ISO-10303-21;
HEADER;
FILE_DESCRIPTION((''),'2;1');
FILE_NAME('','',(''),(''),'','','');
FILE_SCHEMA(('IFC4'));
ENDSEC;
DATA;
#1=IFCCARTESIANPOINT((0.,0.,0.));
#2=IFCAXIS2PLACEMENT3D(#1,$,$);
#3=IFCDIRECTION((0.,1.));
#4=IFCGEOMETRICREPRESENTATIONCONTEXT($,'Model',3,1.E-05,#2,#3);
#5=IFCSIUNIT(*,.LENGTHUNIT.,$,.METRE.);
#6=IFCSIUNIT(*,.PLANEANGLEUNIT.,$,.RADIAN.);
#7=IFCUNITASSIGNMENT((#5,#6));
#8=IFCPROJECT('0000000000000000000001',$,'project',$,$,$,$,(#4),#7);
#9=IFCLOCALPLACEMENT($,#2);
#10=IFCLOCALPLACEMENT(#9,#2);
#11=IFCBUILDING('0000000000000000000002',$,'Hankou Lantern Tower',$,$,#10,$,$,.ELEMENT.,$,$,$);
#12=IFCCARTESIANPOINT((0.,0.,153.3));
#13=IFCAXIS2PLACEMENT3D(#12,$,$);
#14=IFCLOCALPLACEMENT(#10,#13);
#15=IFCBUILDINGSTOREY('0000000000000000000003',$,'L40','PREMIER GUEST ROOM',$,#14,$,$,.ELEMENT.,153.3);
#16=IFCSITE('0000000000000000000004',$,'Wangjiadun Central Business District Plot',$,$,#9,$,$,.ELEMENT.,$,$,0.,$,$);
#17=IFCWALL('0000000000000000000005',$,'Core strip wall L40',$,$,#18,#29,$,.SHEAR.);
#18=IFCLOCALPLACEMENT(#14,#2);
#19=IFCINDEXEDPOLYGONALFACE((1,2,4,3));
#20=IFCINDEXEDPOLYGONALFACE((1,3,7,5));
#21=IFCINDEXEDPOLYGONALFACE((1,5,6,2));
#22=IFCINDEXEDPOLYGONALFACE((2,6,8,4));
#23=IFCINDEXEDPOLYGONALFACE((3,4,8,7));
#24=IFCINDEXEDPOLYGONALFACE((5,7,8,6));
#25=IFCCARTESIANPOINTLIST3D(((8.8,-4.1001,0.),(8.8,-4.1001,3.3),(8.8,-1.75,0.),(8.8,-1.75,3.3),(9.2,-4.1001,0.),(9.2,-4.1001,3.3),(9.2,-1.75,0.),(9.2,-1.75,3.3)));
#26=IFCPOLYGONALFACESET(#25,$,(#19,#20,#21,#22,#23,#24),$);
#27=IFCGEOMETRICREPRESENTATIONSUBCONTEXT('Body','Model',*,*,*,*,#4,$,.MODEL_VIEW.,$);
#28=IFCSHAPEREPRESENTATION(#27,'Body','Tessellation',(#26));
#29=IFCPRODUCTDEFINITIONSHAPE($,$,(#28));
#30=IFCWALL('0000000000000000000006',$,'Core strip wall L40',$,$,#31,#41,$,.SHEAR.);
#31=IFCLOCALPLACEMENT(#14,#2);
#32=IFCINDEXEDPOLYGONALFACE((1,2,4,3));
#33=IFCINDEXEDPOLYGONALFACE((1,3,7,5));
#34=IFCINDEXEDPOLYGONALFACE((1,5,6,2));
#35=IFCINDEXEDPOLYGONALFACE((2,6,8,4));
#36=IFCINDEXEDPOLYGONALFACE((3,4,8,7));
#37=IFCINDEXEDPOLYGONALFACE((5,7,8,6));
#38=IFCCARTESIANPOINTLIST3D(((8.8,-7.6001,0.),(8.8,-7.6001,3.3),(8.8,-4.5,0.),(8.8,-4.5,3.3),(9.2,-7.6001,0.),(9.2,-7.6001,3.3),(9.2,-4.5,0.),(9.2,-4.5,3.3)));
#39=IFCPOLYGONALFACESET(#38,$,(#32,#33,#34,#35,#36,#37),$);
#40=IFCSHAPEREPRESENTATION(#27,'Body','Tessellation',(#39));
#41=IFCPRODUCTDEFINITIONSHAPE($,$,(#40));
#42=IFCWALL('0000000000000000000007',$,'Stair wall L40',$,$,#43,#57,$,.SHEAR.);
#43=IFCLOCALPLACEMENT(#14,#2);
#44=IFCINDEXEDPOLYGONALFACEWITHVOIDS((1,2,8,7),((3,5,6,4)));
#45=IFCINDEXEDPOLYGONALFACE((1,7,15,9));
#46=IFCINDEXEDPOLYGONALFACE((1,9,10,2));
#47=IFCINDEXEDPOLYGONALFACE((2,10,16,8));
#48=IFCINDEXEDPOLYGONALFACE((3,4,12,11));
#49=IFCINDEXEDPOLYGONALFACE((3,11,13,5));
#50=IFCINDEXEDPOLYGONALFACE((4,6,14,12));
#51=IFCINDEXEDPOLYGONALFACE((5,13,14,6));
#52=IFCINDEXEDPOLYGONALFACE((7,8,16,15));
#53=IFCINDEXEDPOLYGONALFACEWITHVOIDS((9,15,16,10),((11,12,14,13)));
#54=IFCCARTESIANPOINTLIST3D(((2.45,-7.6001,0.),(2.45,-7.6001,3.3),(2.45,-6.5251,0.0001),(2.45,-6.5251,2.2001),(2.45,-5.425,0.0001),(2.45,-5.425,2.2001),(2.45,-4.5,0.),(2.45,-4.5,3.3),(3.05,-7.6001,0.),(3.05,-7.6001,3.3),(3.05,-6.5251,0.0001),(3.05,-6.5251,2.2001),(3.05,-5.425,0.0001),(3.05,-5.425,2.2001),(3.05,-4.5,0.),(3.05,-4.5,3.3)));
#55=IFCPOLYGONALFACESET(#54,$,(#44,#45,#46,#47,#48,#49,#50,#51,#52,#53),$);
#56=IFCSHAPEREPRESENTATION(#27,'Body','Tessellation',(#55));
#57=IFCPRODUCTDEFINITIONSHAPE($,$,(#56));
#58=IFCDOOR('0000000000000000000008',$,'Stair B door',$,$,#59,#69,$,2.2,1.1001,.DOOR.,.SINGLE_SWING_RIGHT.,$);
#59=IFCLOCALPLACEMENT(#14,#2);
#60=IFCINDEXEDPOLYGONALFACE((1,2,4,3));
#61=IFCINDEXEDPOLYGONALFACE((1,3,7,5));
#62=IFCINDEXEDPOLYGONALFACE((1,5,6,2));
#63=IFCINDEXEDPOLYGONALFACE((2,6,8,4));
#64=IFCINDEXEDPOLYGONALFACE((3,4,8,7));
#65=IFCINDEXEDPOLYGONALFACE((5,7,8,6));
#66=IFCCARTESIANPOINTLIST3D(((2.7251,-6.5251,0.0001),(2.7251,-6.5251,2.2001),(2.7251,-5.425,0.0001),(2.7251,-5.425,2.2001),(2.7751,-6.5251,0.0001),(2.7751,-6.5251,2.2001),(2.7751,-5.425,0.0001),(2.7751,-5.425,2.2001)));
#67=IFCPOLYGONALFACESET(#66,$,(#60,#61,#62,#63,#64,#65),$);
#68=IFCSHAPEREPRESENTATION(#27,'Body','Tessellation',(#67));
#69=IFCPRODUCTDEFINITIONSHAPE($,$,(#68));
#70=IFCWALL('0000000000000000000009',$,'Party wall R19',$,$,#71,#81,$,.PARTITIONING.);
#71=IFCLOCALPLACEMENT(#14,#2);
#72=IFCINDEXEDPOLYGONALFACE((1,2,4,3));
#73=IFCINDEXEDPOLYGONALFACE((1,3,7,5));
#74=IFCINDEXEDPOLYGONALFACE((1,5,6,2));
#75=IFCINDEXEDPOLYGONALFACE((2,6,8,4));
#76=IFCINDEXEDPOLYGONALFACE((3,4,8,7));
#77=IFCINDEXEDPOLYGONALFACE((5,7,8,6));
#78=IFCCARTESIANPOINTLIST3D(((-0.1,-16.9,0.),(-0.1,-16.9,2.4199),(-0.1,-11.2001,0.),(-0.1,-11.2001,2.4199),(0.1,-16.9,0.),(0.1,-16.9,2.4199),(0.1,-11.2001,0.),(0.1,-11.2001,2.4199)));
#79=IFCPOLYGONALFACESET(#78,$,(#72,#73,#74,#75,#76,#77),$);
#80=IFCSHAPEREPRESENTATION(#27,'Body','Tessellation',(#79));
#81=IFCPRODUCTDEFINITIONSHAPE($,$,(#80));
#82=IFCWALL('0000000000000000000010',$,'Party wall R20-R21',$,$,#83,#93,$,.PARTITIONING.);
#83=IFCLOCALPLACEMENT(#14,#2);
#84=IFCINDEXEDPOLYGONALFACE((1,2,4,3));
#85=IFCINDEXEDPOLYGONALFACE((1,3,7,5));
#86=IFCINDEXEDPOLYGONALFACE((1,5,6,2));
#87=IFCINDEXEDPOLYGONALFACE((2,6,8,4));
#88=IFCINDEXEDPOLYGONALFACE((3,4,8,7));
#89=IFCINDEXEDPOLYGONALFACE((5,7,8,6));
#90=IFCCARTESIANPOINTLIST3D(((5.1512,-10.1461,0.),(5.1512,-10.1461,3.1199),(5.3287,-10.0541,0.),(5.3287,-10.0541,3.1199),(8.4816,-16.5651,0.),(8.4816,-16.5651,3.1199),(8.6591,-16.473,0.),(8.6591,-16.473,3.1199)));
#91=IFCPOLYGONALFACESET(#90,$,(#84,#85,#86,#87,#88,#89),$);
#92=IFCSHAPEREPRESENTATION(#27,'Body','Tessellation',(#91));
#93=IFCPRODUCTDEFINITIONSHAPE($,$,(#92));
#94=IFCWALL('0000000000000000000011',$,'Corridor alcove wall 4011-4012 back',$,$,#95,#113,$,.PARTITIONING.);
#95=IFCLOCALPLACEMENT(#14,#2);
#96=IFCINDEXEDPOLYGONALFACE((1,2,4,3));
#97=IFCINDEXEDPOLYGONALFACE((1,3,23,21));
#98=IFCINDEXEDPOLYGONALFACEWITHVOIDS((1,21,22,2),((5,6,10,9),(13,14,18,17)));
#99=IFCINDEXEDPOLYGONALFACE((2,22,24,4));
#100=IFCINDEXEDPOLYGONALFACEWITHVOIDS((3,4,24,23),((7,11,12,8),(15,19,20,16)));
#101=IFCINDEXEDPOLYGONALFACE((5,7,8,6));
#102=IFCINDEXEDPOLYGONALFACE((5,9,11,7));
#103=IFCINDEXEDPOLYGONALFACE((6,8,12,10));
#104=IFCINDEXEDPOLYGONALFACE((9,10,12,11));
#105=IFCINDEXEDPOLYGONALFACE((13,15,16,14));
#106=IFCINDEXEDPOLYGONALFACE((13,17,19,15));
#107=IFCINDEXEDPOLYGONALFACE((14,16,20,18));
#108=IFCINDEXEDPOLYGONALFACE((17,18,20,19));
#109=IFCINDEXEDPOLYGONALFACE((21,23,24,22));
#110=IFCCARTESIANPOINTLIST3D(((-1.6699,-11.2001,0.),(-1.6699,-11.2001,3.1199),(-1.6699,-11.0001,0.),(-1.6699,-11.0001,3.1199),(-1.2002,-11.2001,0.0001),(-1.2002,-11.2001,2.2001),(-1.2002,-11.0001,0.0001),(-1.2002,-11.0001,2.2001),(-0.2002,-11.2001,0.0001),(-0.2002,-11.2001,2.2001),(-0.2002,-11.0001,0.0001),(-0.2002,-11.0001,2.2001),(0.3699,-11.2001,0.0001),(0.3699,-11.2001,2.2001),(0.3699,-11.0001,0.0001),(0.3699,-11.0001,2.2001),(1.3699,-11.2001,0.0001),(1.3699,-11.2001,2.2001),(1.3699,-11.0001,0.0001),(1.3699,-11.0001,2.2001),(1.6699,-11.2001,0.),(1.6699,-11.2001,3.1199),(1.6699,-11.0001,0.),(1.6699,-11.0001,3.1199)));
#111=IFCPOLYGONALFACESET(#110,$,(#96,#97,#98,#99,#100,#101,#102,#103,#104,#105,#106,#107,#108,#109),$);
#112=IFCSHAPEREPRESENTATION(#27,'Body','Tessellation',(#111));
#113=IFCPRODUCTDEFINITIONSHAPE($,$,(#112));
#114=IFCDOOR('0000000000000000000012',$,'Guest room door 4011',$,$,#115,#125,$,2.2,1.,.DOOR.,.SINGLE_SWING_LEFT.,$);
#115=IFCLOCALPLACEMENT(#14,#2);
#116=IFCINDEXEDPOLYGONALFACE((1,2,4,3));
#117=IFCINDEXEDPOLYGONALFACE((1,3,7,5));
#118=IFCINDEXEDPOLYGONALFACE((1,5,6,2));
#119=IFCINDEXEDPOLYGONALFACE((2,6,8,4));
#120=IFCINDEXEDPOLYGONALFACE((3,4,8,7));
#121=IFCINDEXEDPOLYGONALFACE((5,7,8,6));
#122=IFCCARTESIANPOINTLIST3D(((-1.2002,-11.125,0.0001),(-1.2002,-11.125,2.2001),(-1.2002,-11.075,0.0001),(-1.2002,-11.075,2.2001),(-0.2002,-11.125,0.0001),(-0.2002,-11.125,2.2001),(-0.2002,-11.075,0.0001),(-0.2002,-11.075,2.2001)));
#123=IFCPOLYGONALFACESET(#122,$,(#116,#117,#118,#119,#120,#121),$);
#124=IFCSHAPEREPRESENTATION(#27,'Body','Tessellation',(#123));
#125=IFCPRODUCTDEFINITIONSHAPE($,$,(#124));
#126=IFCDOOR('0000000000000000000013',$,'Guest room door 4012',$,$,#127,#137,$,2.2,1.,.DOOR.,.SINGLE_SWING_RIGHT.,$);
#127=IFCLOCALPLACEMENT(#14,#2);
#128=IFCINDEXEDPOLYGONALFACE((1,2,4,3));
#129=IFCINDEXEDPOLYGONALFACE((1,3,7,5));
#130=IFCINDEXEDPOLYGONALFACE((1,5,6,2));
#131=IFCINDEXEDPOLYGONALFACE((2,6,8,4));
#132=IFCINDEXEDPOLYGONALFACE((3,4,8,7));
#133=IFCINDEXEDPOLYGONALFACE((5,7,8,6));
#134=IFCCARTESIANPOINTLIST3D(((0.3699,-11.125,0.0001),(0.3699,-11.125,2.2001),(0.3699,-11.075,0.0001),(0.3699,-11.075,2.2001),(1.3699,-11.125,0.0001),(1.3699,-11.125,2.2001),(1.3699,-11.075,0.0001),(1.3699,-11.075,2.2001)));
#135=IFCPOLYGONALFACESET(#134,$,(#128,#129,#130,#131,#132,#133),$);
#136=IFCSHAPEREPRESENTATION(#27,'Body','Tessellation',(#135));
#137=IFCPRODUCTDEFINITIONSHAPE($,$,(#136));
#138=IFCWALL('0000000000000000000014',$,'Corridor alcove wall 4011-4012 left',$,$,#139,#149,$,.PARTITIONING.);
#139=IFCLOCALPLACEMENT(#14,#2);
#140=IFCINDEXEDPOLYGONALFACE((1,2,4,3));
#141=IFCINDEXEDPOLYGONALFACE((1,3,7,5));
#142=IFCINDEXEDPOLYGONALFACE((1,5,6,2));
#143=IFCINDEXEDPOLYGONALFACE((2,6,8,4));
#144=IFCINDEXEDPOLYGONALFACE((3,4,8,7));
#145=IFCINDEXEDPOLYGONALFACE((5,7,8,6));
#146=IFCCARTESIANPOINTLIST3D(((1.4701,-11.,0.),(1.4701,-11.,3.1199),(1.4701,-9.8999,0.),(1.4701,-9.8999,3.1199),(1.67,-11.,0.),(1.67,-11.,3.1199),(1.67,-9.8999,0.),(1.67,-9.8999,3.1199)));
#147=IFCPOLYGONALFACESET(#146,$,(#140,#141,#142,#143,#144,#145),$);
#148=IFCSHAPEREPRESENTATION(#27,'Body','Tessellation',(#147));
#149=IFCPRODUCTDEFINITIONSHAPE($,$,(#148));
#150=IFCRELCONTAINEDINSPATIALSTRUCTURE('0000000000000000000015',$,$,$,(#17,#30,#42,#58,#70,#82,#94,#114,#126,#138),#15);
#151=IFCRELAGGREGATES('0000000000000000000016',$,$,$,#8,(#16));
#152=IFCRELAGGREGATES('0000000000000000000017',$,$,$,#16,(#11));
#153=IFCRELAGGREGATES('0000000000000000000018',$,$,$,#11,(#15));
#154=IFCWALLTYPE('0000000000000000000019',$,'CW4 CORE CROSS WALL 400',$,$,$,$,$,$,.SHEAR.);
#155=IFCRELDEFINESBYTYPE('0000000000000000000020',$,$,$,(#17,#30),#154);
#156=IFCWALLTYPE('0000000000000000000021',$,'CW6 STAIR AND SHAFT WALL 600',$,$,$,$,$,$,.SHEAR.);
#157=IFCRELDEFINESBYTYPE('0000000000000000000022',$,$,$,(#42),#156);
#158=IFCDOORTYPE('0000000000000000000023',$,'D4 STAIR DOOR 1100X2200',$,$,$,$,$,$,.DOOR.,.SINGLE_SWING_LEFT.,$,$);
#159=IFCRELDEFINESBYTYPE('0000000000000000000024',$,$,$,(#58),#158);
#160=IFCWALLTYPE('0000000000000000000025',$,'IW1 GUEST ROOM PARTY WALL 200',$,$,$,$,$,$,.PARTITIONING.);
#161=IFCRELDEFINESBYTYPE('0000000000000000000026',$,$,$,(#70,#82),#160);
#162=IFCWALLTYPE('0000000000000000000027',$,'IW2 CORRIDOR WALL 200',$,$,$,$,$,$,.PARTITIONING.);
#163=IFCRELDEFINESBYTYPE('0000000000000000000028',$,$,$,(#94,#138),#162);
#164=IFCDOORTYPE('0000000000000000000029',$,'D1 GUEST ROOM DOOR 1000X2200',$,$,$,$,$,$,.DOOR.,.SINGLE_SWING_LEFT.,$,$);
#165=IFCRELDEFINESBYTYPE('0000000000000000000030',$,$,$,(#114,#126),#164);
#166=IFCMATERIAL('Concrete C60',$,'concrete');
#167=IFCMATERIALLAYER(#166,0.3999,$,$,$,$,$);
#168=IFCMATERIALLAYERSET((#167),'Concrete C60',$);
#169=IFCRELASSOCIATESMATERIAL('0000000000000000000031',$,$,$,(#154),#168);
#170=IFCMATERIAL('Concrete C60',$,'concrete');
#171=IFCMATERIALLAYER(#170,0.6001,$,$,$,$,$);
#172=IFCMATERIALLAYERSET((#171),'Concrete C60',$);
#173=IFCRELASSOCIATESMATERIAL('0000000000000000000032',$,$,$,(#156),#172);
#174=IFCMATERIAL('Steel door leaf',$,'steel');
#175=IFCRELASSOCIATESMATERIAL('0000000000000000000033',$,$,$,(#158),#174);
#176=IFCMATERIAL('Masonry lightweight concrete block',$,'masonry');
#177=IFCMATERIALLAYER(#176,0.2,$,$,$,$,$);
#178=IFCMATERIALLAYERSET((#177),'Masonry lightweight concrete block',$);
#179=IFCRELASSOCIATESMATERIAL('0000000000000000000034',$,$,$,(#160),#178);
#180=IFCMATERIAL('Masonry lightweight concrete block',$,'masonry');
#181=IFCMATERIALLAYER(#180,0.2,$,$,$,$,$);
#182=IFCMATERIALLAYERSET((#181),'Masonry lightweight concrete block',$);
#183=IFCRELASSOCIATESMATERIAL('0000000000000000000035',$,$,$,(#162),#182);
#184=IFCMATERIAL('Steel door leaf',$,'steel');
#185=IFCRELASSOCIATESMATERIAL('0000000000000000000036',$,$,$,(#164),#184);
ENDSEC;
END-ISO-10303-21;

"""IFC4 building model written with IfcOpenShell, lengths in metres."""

from ifc_helpers import new_model, si_unit, direction, frame, frame_2d, origin, place, context, subcontext, project, spatial, rectangle, extrude, material, layer, layer_set, type_object, element, fill, save


model = new_model("IFC4")

# Units and contexts
model_context = context("Model", 3, precision=1e-05, world=origin(), true_north=direction((0.0, 1.0)))
body_context = subcontext(model_context, "Body", "Model", "MODEL_VIEW")
ifc_project = project(units=[si_unit("LENGTHUNIT", "METRE"), si_unit("PLANEANGLEUNIT", "RADIAN")], contexts=[model_context])

# Site, building, storey
site_placement = place(None, origin())
site = spatial("IfcSite", under=ifc_project, at=site_placement, Name="Wangjiadun Central Business District Plot", CompositionType="ELEMENT", RefElevation=0.0)
building_placement = place(site_placement, origin())
building = spatial("IfcBuilding", under=site, at=building_placement, Name="Hankou Lantern Tower", CompositionType="ELEMENT")
storey_placement = place(building_placement, frame((0.0, 0.0, 153.3)))
storey = spatial("IfcBuildingStorey", under=building, at=storey_placement, Name="L40", Description="PREMIER GUEST ROOM", CompositionType="ELEMENT", Elevation=153.3)

# Walls
ifc_material_1 = material(Name="Concrete C60", Category="concrete")
ifc_layer_1 = layer(ifc_material_1, 0.3999)
ifc_layer_set_1 = layer_set([ifc_layer_1], Name="Concrete C60")
wall_type_1 = type_object("IfcWallType", Name="CW4 CORE CROSS WALL 400", PredefinedType="SHEAR", material=ifc_layer_set_1)
wall_1_placement = place(storey_placement, frame((9.0, -4.1001, 0.0), z_axis=(0.0, 0.0, 1.0), x_axis=(0.0, 1.0, 0.0)))
element("IfcWall", 1, at=wall_1_placement, inside=storey, type_object=wall_type_1, Name="Core strip wall L40", PredefinedType="SHEAR", context=body_context, shape_type="SweptSolid", body=[
    extrude(rectangle(XDim=2.3501, YDim=0.3999, at=frame_2d((1.175, 0.0))), origin(), (0.0, 0.0, 1.0), 3.3),
])
wall_2_placement = place(storey_placement, frame((9.0, -7.6001, 0.0), z_axis=(0.0, 0.0, 1.0), x_axis=(0.0, 1.0, 0.0)))
element("IfcWall", 2, at=wall_2_placement, inside=storey, type_object=wall_type_1, Name="Core strip wall L40", PredefinedType="SHEAR", context=body_context, shape_type="SweptSolid", body=[
    extrude(rectangle(XDim=3.1001, YDim=0.3999, at=frame_2d((1.55, 0.0))), origin(), (0.0, 0.0, 1.0), 3.3),
])

# Wall, opening, door
ifc_material_2 = material(Name="Concrete C60", Category="concrete")
ifc_layer_2 = layer(ifc_material_2, 0.6001)
ifc_layer_set_2 = layer_set([ifc_layer_2], Name="Concrete C60")
wall_type_2 = type_object("IfcWallType", Name="CW6 STAIR AND SHAFT WALL 600", PredefinedType="SHEAR", material=ifc_layer_set_2)
wall_3_placement = place(storey_placement, frame((2.75, -7.6001, 0.0), z_axis=(0.0, 0.0, 1.0), x_axis=(0.0, 1.0, 0.0)))
wall_3 = element("IfcWall", 3, at=wall_3_placement, inside=storey, type_object=wall_type_2, Name="Stair wall L40", PredefinedType="SHEAR", context=body_context, shape_type="SweptSolid", body=[
    extrude(rectangle(XDim=3.1001, YDim=0.6001, at=frame_2d((1.55, 0.0))), origin(), (0.0, 0.0, 1.0), 3.3),
])
opening_1_placement = place(wall_3_placement, frame((1.075, 0.0, 0.0)))
opening_1 = element("IfcOpeningElement", 4, at=opening_1_placement, cuts=wall_3, PredefinedType="OPENING", context=body_context, shape_type="SweptSolid", body=[
    extrude(rectangle(XDim=1.1001, YDim=2.2, at=frame_2d((0.55, 1.1001))), frame((0.0, 0.3101, 0.0), z_axis=(0.0, -1.0, 0.0), x_axis=(1.0, 0.0, 0.0)), (0.0, 0.0, 1.0), 0.6201),
])
ifc_material_3 = material(Name="Steel door leaf", Category="steel")
door_type_1 = type_object("IfcDoorType", Name="D4 STAIR DOOR 1100X2200", OperationType="SINGLE_SWING_LEFT", PredefinedType="DOOR", material=ifc_material_3)
door_1_placement = place(opening_1_placement, origin())
door_1 = element("IfcDoor", 5, at=door_1_placement, inside=storey, type_object=door_type_1, Name="Stair B door", OperationType="SINGLE_SWING_RIGHT", OverallHeight=2.2, OverallWidth=1.1001, PredefinedType="DOOR", context=body_context, shape_type="SweptSolid", body=[
    extrude(rectangle(XDim=1.1001, YDim=2.2, at=frame_2d((0.55, 1.1001))), frame((0.0, 0.0249, 0.0), z_axis=(0.0, -1.0, 0.0), x_axis=(1.0, 0.0, 0.0)), (0.0, 0.0, 1.0), 0.05),
])
fill(opening_1, door_1)

# Walls
ifc_material_4 = material(Name="Masonry lightweight concrete block", Category="masonry")
ifc_layer_3 = layer(ifc_material_4, 0.2)
ifc_layer_set_3 = layer_set([ifc_layer_3], Name="Masonry lightweight concrete block")
wall_type_3 = type_object("IfcWallType", Name="IW1 GUEST ROOM PARTY WALL 200", PredefinedType="PARTITIONING", material=ifc_layer_set_3)
wall_4_placement = place(storey_placement, frame((0.0, -11.2, 0.0), z_axis=(0.0, 0.0, 1.0), x_axis=(0.0, -1.0, 0.0)))
element("IfcWall", 6, at=wall_4_placement, inside=storey, type_object=wall_type_3, Name="Party wall R19", PredefinedType="PARTITIONING", context=body_context, shape_type="SweptSolid", body=[
    extrude(rectangle(XDim=5.7, YDim=0.2, at=frame_2d((2.8501, 0.0))), origin(), (0.0, 0.0, 1.0), 2.4199),
])
wall_5_placement = place(storey_placement, frame((5.24, -10.1001, 0.0), z_axis=(0.0, 0.0, 1.0), x_axis=(0.460533, -0.887643, 0.0)))
element("IfcWall", 7, at=wall_5_placement, inside=storey, type_object=wall_type_3, Name="Party wall R20-R21", PredefinedType="PARTITIONING", context=body_context, shape_type="SweptSolid", body=[
    extrude(rectangle(XDim=7.2314, YDim=0.2, at=frame_2d((3.6157, 0.0))), origin(), (0.0, 0.0, 1.0), 3.1199),
])

# Wall, openings, doors
ifc_material_5 = material(Name="Masonry lightweight concrete block", Category="masonry")
ifc_layer_4 = layer(ifc_material_5, 0.2)
ifc_layer_set_4 = layer_set([ifc_layer_4], Name="Masonry lightweight concrete block")
wall_type_4 = type_object("IfcWallType", Name="IW2 CORRIDOR WALL 200", PredefinedType="PARTITIONING", material=ifc_layer_set_4)
wall_6_placement = place(storey_placement, frame((1.6699, -11.1001, 0.0), z_axis=(0.0, 0.0, 1.0), x_axis=(-1.0, 0.0, 0.0)))
wall_6 = element("IfcWall", 8, at=wall_6_placement, inside=storey, type_object=wall_type_4, Name="Corridor alcove wall 4011-4012 back", PredefinedType="PARTITIONING", context=body_context, shape_type="SweptSolid", body=[
    extrude(rectangle(XDim=3.3398, YDim=0.2, at=frame_2d((1.6699, 0.0))), origin(), (0.0, 0.0, 1.0), 3.1199),
])
opening_2_placement = place(wall_6_placement, frame((1.8701, 0.0, 0.0)))
opening_2 = element("IfcOpeningElement", 9, at=opening_2_placement, cuts=wall_6, PredefinedType="OPENING", context=body_context, shape_type="SweptSolid", body=[
    extrude(rectangle(XDim=1.0, YDim=2.2, at=frame_2d((0.5, 1.1001))), frame((0.0, 0.1099, 0.0), z_axis=(0.0, -1.0, 0.0), x_axis=(1.0, 0.0, 0.0)), (0.0, 0.0, 1.0), 0.22),
])
opening_3_placement = place(wall_6_placement, frame((0.3, 0.0, 0.0)))
opening_3 = element("IfcOpeningElement", 10, at=opening_3_placement, cuts=wall_6, PredefinedType="OPENING", context=body_context, shape_type="SweptSolid", body=[
    extrude(rectangle(XDim=1.0, YDim=2.2, at=frame_2d((0.5, 1.1001))), frame((0.0, 0.1099, 0.0), z_axis=(0.0, -1.0, 0.0), x_axis=(1.0, 0.0, 0.0)), (0.0, 0.0, 1.0), 0.22),
])
ifc_material_6 = material(Name="Steel door leaf", Category="steel")
door_type_2 = type_object("IfcDoorType", Name="D1 GUEST ROOM DOOR 1000X2200", OperationType="SINGLE_SWING_LEFT", PredefinedType="DOOR", material=ifc_material_6)
door_2_placement = place(opening_2_placement, origin())
door_2 = element("IfcDoor", 11, at=door_2_placement, inside=storey, type_object=door_type_2, Name="Guest room door 4011", OperationType="SINGLE_SWING_LEFT", OverallHeight=2.2, OverallWidth=1.0, PredefinedType="DOOR", context=body_context, shape_type="SweptSolid", body=[
    extrude(rectangle(XDim=1.0, YDim=2.2, at=frame_2d((0.5, 1.1001))), frame((0.0, 0.0249, 0.0), z_axis=(0.0, -1.0, 0.0), x_axis=(1.0, 0.0, 0.0)), (0.0, 0.0, 1.0), 0.05),
])
fill(opening_2, door_2)
door_3_placement = place(opening_3_placement, origin())
door_3 = element("IfcDoor", 12, at=door_3_placement, inside=storey, type_object=door_type_2, Name="Guest room door 4012", OperationType="SINGLE_SWING_RIGHT", OverallHeight=2.2, OverallWidth=1.0, PredefinedType="DOOR", context=body_context, shape_type="SweptSolid", body=[
    extrude(rectangle(XDim=1.0, YDim=2.2, at=frame_2d((0.5, 1.1001))), frame((0.0, 0.0249, 0.0), z_axis=(0.0, -1.0, 0.0), x_axis=(1.0, 0.0, 0.0)), (0.0, 0.0, 1.0), 0.05),
])
fill(opening_3, door_3)

# Wall
wall_7_placement = place(storey_placement, frame((1.5701, -9.8999, 0.0), z_axis=(0.0, 0.0, 1.0), x_axis=(0.0, -1.0, 0.0)))
element("IfcWall", 13, at=wall_7_placement, inside=storey, type_object=wall_type_4, Name="Corridor alcove wall 4011-4012 left", PredefinedType="PARTITIONING", context=body_context, shape_type="SweptSolid", body=[
    extrude(rectangle(XDim=1.1001, YDim=0.2, at=frame_2d((0.55, 0.0))), origin(), (0.0, 0.0, 1.0), 3.1199),
])

save(model, "model.ifc")
